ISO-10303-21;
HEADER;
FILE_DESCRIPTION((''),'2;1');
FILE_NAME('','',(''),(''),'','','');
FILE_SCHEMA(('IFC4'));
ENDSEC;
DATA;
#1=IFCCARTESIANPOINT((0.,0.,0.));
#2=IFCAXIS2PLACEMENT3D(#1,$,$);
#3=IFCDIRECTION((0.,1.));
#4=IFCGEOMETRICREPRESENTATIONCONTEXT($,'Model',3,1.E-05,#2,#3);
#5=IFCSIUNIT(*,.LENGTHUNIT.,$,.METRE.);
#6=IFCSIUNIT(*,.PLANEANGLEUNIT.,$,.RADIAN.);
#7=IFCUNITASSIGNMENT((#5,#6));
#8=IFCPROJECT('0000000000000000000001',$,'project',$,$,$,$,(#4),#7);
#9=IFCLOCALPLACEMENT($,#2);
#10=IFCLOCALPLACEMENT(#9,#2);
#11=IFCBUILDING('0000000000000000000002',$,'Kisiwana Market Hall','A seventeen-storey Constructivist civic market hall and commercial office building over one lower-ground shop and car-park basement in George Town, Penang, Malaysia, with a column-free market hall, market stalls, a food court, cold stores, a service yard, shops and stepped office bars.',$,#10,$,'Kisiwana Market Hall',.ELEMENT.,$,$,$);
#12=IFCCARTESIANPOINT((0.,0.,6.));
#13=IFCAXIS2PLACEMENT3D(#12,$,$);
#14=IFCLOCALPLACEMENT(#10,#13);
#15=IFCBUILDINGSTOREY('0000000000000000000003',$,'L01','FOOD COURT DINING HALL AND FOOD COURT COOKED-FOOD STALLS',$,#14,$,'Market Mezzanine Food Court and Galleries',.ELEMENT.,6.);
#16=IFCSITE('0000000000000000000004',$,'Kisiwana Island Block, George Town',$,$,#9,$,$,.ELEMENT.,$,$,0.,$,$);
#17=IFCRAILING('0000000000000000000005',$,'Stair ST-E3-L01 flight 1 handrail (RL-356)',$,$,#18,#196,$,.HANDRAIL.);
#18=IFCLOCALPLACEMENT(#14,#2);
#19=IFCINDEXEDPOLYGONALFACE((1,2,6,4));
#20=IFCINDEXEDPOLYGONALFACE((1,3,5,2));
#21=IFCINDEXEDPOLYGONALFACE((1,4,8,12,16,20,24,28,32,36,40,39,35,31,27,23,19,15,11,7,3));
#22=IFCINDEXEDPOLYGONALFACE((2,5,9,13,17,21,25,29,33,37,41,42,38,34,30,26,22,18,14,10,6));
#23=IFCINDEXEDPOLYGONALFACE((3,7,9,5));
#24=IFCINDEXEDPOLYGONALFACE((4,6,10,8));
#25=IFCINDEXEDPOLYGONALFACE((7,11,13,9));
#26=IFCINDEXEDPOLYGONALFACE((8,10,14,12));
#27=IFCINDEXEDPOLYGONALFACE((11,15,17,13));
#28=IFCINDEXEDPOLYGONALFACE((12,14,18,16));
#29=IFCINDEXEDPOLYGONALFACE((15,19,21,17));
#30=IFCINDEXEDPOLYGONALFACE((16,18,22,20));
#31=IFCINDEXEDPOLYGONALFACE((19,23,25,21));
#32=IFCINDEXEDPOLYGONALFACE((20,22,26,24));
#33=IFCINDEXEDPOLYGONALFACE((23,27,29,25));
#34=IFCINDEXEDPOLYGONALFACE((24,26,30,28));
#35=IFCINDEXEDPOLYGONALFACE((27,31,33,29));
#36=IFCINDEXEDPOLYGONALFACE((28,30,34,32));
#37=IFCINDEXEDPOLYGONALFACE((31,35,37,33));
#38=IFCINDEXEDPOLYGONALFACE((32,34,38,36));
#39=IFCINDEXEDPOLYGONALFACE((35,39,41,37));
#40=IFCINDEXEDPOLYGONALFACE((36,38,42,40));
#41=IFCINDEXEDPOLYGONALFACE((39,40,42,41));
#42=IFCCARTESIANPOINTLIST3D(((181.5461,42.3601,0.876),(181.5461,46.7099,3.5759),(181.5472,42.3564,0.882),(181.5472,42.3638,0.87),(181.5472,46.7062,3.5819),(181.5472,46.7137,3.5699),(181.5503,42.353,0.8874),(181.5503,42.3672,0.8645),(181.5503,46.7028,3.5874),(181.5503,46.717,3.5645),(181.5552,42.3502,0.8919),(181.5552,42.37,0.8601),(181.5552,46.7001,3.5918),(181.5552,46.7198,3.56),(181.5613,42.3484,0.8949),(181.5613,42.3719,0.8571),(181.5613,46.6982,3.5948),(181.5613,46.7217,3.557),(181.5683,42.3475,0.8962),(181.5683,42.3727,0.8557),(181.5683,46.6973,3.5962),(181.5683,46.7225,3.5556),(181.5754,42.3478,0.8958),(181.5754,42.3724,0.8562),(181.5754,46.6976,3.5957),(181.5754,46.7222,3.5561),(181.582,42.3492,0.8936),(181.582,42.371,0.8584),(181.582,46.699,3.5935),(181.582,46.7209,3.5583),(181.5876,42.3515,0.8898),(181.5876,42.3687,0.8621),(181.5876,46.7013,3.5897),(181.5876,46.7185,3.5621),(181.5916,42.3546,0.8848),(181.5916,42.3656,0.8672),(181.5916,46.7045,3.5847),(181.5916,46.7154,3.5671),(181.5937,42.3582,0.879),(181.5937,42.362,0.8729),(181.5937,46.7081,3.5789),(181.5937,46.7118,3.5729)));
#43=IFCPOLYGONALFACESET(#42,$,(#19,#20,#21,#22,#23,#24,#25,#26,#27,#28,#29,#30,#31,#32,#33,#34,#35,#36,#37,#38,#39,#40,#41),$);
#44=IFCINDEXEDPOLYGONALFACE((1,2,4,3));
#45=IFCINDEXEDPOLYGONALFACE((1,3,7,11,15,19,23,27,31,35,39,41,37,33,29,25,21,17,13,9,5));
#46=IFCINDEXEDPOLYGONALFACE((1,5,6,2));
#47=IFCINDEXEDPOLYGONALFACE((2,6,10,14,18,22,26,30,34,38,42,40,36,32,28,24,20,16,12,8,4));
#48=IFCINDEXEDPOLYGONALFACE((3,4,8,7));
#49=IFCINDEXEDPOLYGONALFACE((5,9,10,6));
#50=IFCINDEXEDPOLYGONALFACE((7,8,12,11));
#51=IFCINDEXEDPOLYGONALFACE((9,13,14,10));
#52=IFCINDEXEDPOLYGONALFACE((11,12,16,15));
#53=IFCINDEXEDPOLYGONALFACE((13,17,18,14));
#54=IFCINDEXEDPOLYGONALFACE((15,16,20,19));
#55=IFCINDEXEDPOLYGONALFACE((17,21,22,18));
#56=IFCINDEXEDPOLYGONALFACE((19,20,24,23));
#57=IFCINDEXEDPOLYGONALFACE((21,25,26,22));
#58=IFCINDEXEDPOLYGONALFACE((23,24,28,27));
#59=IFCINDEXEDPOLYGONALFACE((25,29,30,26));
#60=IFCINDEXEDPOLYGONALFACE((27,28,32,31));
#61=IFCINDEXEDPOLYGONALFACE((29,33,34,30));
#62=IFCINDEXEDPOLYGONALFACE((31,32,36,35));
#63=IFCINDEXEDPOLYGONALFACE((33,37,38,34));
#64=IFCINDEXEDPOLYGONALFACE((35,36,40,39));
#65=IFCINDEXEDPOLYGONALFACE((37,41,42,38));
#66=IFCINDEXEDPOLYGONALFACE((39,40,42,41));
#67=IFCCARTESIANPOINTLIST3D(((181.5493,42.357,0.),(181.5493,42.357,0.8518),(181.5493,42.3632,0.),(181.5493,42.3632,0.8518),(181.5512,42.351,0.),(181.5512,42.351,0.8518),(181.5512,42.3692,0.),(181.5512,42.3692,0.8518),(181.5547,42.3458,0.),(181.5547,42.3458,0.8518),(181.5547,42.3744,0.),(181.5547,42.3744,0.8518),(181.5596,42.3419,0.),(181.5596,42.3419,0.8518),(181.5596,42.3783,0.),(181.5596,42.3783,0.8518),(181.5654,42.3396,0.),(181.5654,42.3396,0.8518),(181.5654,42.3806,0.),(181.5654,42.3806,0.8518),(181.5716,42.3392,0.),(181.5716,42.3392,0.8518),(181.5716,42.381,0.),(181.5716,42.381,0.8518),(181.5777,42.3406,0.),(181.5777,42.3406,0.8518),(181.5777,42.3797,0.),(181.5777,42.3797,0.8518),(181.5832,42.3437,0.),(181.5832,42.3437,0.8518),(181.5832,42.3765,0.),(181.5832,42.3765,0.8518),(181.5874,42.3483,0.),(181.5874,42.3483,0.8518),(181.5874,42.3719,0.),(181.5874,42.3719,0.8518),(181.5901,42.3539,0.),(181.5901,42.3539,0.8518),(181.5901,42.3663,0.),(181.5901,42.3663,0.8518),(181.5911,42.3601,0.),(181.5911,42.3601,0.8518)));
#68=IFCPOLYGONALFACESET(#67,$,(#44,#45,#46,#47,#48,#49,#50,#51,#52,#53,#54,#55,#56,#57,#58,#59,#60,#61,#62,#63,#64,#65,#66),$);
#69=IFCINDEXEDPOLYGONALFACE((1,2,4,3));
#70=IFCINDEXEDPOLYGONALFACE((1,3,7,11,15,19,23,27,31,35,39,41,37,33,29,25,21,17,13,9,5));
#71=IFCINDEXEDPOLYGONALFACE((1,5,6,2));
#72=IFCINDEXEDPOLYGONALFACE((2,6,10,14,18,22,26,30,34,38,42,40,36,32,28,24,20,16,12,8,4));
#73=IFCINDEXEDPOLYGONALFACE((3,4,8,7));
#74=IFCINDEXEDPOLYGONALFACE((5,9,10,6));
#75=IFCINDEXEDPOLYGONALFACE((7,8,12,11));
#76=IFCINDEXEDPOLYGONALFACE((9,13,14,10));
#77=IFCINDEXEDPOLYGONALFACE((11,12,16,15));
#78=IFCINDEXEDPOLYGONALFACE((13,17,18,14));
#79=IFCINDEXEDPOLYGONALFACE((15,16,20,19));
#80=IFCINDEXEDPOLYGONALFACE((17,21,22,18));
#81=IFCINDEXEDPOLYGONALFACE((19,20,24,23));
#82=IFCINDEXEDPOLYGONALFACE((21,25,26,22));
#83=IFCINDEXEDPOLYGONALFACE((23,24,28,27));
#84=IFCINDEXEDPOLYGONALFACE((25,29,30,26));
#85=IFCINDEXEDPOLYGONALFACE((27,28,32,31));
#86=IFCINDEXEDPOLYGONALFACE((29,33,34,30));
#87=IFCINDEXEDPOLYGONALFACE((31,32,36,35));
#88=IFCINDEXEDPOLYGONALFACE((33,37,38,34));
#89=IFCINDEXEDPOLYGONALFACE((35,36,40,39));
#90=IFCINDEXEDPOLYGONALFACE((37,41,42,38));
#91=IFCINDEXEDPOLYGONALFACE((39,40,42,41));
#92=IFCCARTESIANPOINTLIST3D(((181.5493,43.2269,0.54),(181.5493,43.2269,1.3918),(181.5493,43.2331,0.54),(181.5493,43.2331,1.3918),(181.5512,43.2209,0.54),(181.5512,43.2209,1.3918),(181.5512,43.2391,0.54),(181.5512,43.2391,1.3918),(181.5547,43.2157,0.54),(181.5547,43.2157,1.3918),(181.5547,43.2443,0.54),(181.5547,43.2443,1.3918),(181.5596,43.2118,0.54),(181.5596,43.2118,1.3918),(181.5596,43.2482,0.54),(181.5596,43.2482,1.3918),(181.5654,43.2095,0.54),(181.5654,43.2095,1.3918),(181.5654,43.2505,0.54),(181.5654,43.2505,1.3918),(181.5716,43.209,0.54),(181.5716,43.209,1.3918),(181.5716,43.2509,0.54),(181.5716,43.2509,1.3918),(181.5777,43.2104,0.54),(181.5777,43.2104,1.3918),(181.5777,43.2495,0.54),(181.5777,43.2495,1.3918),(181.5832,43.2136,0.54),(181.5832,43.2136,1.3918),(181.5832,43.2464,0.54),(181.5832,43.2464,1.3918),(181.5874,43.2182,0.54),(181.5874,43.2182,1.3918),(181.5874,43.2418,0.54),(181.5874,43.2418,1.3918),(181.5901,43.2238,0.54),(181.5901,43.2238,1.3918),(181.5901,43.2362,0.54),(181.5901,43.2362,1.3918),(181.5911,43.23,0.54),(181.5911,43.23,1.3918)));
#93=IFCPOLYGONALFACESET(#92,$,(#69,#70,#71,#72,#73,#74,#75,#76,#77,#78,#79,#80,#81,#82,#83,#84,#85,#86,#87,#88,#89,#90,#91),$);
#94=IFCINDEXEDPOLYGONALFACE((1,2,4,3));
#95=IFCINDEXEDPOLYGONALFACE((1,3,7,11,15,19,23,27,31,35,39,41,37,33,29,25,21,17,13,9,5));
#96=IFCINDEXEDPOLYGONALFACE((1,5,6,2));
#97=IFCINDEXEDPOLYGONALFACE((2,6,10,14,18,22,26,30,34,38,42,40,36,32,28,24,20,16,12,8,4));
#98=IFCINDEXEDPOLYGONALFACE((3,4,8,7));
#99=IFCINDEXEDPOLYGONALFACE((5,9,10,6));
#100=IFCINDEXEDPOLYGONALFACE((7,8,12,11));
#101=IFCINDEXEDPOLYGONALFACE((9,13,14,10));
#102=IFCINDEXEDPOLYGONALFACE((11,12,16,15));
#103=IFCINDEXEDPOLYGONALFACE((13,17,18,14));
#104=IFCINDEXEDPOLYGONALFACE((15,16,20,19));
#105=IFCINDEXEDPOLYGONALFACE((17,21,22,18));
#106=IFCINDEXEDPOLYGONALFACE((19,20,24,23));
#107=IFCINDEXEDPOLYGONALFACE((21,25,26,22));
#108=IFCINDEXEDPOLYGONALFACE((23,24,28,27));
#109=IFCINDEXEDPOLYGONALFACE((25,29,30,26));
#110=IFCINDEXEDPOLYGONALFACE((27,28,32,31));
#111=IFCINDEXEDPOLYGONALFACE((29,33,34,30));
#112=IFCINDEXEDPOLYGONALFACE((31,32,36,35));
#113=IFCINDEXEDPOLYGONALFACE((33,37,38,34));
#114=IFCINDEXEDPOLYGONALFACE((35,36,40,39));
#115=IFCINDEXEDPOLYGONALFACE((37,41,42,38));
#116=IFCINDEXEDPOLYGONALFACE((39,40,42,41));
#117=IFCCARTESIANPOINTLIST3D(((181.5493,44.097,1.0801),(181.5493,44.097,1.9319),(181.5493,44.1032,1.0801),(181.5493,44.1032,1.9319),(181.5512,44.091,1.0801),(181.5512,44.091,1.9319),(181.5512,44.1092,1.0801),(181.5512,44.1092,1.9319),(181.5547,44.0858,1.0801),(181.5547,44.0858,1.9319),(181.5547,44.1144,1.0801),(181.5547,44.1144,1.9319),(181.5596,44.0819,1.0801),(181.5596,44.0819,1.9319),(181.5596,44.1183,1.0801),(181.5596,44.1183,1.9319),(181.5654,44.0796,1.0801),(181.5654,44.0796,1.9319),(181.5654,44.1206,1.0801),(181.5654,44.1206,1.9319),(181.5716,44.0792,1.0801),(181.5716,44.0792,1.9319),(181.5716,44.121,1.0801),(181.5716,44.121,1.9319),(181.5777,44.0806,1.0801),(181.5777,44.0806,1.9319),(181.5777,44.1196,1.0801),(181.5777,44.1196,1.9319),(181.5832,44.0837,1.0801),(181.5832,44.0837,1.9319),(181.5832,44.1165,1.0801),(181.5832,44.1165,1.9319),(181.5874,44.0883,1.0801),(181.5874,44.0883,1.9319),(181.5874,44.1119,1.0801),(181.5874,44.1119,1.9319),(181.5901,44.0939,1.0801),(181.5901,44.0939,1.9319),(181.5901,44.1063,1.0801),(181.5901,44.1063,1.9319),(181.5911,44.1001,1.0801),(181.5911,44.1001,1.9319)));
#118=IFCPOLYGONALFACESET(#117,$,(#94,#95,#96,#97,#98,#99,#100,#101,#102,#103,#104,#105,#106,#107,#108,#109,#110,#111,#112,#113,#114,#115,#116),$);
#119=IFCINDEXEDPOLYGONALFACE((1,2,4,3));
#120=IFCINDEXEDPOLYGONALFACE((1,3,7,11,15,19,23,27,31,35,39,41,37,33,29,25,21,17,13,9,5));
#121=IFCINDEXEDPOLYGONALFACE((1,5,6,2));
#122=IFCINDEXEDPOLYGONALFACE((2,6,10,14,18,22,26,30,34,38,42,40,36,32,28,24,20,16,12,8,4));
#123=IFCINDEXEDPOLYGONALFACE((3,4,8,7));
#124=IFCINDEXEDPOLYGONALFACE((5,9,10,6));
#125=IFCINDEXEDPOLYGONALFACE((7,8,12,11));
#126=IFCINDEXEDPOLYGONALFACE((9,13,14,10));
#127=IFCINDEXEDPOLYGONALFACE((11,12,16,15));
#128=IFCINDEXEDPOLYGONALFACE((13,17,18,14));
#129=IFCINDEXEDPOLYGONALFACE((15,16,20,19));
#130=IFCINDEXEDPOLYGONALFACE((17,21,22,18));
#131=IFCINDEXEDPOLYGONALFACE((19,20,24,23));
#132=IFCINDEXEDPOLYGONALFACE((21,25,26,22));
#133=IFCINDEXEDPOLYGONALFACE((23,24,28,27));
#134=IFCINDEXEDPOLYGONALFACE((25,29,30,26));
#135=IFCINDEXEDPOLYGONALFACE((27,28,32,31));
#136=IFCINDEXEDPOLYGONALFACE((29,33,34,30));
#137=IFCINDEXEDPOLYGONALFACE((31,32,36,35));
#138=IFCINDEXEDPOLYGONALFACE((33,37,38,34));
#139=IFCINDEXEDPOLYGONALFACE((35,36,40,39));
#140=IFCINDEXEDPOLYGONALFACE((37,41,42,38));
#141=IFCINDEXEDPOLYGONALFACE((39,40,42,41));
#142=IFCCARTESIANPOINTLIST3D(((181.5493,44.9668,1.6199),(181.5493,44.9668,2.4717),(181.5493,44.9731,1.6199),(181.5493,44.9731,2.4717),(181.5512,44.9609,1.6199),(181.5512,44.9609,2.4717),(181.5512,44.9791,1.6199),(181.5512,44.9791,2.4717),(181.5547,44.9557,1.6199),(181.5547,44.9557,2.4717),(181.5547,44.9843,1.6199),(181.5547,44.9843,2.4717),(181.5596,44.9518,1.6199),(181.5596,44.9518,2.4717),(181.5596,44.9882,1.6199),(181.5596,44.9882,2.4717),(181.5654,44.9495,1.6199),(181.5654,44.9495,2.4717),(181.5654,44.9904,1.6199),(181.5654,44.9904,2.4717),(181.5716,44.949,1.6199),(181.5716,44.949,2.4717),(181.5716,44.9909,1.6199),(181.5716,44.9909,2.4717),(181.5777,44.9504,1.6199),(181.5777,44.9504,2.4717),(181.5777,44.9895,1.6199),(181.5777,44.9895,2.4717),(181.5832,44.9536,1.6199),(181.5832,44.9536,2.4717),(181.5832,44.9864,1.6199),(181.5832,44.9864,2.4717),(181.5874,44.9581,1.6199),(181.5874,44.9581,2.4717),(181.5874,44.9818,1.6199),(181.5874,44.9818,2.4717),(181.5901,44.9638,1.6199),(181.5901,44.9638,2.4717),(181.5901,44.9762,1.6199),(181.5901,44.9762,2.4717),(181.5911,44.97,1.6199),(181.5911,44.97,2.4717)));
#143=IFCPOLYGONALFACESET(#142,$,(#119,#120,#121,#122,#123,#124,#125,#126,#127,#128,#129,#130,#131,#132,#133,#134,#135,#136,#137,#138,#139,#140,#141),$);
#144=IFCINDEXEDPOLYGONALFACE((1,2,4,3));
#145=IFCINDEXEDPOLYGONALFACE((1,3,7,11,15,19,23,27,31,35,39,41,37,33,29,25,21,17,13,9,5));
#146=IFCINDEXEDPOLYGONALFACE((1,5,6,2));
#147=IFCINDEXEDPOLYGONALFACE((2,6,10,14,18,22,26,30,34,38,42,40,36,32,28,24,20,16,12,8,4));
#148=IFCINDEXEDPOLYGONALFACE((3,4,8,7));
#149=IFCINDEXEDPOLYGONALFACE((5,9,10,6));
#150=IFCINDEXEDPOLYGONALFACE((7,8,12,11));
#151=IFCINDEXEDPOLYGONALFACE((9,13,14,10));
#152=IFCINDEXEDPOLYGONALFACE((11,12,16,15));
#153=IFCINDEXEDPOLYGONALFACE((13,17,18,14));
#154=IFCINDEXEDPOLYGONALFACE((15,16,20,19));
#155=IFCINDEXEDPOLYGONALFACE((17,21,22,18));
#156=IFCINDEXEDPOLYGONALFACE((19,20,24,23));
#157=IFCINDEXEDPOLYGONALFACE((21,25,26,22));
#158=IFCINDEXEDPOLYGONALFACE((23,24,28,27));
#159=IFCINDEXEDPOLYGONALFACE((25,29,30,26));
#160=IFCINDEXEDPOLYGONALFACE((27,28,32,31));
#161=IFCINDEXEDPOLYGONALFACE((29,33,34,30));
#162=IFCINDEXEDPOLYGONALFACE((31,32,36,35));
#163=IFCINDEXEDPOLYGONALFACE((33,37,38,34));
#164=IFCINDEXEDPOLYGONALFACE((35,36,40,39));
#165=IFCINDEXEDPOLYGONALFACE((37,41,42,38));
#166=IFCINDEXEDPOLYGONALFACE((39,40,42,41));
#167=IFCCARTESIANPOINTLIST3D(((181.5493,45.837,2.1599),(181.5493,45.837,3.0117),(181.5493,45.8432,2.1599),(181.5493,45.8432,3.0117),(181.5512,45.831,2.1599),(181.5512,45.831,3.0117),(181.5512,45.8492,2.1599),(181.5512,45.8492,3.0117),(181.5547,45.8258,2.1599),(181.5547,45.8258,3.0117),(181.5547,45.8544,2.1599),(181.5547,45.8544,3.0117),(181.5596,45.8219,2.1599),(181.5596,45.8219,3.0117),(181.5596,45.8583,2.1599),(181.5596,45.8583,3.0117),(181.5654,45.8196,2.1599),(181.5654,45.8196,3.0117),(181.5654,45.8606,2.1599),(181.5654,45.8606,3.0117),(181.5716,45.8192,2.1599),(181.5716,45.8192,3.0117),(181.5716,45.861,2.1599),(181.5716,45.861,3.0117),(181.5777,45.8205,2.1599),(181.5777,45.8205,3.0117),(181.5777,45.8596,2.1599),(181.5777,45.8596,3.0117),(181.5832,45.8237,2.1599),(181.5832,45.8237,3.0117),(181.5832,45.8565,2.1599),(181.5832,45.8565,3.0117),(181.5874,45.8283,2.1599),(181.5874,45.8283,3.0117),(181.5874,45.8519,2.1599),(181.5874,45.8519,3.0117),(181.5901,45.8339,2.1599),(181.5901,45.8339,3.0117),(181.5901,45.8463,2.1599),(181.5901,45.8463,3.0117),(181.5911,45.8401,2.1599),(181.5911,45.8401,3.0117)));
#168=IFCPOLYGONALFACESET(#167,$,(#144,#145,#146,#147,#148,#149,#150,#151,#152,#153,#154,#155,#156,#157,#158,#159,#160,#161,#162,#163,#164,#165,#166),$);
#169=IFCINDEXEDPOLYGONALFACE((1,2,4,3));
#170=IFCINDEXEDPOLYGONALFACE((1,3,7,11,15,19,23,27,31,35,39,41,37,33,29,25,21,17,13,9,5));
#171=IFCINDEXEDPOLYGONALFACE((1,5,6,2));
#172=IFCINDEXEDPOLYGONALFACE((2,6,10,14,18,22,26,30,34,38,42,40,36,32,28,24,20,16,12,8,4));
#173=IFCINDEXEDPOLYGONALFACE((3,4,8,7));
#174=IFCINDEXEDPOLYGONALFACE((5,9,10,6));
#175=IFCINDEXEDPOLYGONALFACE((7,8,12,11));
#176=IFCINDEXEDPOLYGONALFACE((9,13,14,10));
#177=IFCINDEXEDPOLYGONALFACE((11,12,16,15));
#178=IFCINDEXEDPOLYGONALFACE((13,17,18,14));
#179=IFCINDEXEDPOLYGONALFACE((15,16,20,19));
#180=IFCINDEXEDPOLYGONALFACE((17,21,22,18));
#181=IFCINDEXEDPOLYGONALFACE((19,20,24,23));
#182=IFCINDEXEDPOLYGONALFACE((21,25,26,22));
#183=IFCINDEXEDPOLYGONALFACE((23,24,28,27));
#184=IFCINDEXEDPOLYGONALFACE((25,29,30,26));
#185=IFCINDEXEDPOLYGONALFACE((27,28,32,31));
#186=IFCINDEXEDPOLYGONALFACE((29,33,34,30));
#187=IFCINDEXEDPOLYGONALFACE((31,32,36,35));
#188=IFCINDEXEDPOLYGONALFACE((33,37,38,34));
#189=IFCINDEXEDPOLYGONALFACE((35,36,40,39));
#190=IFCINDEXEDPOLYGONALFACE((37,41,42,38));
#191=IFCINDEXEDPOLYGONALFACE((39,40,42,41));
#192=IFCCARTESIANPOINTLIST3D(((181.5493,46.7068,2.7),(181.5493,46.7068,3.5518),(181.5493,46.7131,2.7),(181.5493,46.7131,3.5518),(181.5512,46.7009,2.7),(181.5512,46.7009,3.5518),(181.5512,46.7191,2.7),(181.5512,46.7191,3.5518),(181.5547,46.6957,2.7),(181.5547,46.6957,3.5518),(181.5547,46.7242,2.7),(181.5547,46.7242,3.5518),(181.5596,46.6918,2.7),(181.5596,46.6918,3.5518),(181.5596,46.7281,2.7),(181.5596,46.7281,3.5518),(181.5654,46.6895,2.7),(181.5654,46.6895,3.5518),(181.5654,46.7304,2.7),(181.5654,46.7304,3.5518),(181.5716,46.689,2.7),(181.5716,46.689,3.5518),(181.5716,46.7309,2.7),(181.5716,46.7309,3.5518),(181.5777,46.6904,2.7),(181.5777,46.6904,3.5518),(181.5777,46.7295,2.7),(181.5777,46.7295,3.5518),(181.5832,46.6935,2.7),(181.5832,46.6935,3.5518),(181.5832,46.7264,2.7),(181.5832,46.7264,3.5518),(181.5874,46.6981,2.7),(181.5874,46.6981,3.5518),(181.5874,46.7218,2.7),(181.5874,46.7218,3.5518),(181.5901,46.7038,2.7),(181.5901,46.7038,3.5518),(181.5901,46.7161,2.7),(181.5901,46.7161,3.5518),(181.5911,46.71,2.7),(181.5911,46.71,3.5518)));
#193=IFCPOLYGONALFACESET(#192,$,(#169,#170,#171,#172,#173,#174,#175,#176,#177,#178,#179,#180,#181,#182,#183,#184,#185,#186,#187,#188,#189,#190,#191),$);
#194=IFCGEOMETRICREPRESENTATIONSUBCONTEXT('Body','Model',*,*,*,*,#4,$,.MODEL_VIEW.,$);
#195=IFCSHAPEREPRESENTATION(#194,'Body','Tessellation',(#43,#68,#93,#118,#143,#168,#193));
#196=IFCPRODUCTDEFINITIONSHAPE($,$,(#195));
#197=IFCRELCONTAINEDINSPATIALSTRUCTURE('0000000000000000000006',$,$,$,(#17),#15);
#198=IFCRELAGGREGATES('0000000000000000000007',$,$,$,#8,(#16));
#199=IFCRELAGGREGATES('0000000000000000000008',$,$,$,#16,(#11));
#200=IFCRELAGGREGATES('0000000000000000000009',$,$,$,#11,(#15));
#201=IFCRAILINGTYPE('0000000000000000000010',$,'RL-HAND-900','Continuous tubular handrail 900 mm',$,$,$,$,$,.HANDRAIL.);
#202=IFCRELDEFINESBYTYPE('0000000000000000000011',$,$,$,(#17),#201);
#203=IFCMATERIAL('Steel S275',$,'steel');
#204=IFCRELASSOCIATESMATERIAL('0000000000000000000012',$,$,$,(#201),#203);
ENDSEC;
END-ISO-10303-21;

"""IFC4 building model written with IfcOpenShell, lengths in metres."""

from ifc_helpers import new_model, si_unit, direction, frame, origin, origin_2d, place, context, subcontext, project, spatial, circle, extrude, material, type_object, element, save


model = new_model("IFC4")

# Units and contexts
model_context = context("Model", 3, precision=1e-05, world=origin(), true_north=direction((0.0, 1.0)))
body_context = subcontext(model_context, "Body", "Model", "MODEL_VIEW")
ifc_project = project(units=[si_unit("LENGTHUNIT", "METRE"), si_unit("PLANEANGLEUNIT", "RADIAN")], contexts=[model_context])

# Site, building, storey
site_placement = place(None, origin())
site = spatial("IfcSite", under=ifc_project, at=site_placement, Name="Kisiwana Island Block, George Town", CompositionType="ELEMENT", RefElevation=0.0)
building_placement = place(site_placement, origin())
building = spatial("IfcBuilding", under=site, at=building_placement, Name="Kisiwana Market Hall", Description="A seventeen-storey Constructivist civic market hall and commercial office building over one lower-ground shop and car-park basement in George Town, Penang, Malaysia, with a column-free market hall, market stalls, a food court, cold stores, a service yard, shops and stepped office bars.", LongName="Kisiwana Market Hall", CompositionType="ELEMENT")
storey_placement = place(building_placement, frame((0.0, 0.0, 6.0)))
storey = spatial("IfcBuildingStorey", under=building, at=storey_placement, Name="L01", Description="FOOD COURT DINING HALL AND FOOD COURT COOKED-FOOD STALLS", LongName="Market Mezzanine Food Court and Galleries", CompositionType="ELEMENT", Elevation=6.0)

# Railing
ifc_material_1 = material(Name="Steel S275", Category="steel")
railing_type_1 = type_object("IfcRailingType", Name="RL-HAND-900", Description="Continuous tubular handrail 900 mm", PredefinedType="HANDRAIL", material=ifc_material_1)
railing_1_placement = place(storey_placement, frame((181.5701, 42.3601, 0.0)))
element("IfcRailing", 1, at=railing_1_placement, inside=storey, type_object=railing_type_1, Name="Stair ST-E3-L01 flight 1 handrail (RL-356)", PredefinedType="HANDRAIL", context=body_context, shape_type="SweptSolid", body=[
    extrude(circle(Radius=0.0239, at=origin_2d()), frame((0.0, 0.0, 0.876), z_axis=(0.0, 0.849636, 0.527369), x_axis=(-1.0, 0.0, 0.0)), (0.0, 0.0, 1.0), 5.1196),
    extrude(circle(Radius=0.021, at=origin_2d()), origin(), (0.0, 0.0, 1.0), 0.8518),
    extrude(circle(Radius=0.021, at=origin_2d()), frame((0.0, 0.8699, 0.54)), (0.0, 0.0, 1.0), 0.8518),
    extrude(circle(Radius=0.021, at=origin_2d()), frame((0.0, 1.74, 1.0801)), (0.0, 0.0, 1.0), 0.8518),
    extrude(circle(Radius=0.021, at=origin_2d()), frame((0.0, 2.6099, 1.6199)), (0.0, 0.0, 1.0), 0.8518),
    extrude(circle(Radius=0.021, at=origin_2d()), frame((0.0, 3.48, 2.1599)), (0.0, 0.0, 1.0), 0.8518),
    extrude(circle(Radius=0.021, at=origin_2d()), frame((0.0, 4.3499, 2.7)), (0.0, 0.0, 1.0), 0.8518),
])

save(model, "model.ifc")
